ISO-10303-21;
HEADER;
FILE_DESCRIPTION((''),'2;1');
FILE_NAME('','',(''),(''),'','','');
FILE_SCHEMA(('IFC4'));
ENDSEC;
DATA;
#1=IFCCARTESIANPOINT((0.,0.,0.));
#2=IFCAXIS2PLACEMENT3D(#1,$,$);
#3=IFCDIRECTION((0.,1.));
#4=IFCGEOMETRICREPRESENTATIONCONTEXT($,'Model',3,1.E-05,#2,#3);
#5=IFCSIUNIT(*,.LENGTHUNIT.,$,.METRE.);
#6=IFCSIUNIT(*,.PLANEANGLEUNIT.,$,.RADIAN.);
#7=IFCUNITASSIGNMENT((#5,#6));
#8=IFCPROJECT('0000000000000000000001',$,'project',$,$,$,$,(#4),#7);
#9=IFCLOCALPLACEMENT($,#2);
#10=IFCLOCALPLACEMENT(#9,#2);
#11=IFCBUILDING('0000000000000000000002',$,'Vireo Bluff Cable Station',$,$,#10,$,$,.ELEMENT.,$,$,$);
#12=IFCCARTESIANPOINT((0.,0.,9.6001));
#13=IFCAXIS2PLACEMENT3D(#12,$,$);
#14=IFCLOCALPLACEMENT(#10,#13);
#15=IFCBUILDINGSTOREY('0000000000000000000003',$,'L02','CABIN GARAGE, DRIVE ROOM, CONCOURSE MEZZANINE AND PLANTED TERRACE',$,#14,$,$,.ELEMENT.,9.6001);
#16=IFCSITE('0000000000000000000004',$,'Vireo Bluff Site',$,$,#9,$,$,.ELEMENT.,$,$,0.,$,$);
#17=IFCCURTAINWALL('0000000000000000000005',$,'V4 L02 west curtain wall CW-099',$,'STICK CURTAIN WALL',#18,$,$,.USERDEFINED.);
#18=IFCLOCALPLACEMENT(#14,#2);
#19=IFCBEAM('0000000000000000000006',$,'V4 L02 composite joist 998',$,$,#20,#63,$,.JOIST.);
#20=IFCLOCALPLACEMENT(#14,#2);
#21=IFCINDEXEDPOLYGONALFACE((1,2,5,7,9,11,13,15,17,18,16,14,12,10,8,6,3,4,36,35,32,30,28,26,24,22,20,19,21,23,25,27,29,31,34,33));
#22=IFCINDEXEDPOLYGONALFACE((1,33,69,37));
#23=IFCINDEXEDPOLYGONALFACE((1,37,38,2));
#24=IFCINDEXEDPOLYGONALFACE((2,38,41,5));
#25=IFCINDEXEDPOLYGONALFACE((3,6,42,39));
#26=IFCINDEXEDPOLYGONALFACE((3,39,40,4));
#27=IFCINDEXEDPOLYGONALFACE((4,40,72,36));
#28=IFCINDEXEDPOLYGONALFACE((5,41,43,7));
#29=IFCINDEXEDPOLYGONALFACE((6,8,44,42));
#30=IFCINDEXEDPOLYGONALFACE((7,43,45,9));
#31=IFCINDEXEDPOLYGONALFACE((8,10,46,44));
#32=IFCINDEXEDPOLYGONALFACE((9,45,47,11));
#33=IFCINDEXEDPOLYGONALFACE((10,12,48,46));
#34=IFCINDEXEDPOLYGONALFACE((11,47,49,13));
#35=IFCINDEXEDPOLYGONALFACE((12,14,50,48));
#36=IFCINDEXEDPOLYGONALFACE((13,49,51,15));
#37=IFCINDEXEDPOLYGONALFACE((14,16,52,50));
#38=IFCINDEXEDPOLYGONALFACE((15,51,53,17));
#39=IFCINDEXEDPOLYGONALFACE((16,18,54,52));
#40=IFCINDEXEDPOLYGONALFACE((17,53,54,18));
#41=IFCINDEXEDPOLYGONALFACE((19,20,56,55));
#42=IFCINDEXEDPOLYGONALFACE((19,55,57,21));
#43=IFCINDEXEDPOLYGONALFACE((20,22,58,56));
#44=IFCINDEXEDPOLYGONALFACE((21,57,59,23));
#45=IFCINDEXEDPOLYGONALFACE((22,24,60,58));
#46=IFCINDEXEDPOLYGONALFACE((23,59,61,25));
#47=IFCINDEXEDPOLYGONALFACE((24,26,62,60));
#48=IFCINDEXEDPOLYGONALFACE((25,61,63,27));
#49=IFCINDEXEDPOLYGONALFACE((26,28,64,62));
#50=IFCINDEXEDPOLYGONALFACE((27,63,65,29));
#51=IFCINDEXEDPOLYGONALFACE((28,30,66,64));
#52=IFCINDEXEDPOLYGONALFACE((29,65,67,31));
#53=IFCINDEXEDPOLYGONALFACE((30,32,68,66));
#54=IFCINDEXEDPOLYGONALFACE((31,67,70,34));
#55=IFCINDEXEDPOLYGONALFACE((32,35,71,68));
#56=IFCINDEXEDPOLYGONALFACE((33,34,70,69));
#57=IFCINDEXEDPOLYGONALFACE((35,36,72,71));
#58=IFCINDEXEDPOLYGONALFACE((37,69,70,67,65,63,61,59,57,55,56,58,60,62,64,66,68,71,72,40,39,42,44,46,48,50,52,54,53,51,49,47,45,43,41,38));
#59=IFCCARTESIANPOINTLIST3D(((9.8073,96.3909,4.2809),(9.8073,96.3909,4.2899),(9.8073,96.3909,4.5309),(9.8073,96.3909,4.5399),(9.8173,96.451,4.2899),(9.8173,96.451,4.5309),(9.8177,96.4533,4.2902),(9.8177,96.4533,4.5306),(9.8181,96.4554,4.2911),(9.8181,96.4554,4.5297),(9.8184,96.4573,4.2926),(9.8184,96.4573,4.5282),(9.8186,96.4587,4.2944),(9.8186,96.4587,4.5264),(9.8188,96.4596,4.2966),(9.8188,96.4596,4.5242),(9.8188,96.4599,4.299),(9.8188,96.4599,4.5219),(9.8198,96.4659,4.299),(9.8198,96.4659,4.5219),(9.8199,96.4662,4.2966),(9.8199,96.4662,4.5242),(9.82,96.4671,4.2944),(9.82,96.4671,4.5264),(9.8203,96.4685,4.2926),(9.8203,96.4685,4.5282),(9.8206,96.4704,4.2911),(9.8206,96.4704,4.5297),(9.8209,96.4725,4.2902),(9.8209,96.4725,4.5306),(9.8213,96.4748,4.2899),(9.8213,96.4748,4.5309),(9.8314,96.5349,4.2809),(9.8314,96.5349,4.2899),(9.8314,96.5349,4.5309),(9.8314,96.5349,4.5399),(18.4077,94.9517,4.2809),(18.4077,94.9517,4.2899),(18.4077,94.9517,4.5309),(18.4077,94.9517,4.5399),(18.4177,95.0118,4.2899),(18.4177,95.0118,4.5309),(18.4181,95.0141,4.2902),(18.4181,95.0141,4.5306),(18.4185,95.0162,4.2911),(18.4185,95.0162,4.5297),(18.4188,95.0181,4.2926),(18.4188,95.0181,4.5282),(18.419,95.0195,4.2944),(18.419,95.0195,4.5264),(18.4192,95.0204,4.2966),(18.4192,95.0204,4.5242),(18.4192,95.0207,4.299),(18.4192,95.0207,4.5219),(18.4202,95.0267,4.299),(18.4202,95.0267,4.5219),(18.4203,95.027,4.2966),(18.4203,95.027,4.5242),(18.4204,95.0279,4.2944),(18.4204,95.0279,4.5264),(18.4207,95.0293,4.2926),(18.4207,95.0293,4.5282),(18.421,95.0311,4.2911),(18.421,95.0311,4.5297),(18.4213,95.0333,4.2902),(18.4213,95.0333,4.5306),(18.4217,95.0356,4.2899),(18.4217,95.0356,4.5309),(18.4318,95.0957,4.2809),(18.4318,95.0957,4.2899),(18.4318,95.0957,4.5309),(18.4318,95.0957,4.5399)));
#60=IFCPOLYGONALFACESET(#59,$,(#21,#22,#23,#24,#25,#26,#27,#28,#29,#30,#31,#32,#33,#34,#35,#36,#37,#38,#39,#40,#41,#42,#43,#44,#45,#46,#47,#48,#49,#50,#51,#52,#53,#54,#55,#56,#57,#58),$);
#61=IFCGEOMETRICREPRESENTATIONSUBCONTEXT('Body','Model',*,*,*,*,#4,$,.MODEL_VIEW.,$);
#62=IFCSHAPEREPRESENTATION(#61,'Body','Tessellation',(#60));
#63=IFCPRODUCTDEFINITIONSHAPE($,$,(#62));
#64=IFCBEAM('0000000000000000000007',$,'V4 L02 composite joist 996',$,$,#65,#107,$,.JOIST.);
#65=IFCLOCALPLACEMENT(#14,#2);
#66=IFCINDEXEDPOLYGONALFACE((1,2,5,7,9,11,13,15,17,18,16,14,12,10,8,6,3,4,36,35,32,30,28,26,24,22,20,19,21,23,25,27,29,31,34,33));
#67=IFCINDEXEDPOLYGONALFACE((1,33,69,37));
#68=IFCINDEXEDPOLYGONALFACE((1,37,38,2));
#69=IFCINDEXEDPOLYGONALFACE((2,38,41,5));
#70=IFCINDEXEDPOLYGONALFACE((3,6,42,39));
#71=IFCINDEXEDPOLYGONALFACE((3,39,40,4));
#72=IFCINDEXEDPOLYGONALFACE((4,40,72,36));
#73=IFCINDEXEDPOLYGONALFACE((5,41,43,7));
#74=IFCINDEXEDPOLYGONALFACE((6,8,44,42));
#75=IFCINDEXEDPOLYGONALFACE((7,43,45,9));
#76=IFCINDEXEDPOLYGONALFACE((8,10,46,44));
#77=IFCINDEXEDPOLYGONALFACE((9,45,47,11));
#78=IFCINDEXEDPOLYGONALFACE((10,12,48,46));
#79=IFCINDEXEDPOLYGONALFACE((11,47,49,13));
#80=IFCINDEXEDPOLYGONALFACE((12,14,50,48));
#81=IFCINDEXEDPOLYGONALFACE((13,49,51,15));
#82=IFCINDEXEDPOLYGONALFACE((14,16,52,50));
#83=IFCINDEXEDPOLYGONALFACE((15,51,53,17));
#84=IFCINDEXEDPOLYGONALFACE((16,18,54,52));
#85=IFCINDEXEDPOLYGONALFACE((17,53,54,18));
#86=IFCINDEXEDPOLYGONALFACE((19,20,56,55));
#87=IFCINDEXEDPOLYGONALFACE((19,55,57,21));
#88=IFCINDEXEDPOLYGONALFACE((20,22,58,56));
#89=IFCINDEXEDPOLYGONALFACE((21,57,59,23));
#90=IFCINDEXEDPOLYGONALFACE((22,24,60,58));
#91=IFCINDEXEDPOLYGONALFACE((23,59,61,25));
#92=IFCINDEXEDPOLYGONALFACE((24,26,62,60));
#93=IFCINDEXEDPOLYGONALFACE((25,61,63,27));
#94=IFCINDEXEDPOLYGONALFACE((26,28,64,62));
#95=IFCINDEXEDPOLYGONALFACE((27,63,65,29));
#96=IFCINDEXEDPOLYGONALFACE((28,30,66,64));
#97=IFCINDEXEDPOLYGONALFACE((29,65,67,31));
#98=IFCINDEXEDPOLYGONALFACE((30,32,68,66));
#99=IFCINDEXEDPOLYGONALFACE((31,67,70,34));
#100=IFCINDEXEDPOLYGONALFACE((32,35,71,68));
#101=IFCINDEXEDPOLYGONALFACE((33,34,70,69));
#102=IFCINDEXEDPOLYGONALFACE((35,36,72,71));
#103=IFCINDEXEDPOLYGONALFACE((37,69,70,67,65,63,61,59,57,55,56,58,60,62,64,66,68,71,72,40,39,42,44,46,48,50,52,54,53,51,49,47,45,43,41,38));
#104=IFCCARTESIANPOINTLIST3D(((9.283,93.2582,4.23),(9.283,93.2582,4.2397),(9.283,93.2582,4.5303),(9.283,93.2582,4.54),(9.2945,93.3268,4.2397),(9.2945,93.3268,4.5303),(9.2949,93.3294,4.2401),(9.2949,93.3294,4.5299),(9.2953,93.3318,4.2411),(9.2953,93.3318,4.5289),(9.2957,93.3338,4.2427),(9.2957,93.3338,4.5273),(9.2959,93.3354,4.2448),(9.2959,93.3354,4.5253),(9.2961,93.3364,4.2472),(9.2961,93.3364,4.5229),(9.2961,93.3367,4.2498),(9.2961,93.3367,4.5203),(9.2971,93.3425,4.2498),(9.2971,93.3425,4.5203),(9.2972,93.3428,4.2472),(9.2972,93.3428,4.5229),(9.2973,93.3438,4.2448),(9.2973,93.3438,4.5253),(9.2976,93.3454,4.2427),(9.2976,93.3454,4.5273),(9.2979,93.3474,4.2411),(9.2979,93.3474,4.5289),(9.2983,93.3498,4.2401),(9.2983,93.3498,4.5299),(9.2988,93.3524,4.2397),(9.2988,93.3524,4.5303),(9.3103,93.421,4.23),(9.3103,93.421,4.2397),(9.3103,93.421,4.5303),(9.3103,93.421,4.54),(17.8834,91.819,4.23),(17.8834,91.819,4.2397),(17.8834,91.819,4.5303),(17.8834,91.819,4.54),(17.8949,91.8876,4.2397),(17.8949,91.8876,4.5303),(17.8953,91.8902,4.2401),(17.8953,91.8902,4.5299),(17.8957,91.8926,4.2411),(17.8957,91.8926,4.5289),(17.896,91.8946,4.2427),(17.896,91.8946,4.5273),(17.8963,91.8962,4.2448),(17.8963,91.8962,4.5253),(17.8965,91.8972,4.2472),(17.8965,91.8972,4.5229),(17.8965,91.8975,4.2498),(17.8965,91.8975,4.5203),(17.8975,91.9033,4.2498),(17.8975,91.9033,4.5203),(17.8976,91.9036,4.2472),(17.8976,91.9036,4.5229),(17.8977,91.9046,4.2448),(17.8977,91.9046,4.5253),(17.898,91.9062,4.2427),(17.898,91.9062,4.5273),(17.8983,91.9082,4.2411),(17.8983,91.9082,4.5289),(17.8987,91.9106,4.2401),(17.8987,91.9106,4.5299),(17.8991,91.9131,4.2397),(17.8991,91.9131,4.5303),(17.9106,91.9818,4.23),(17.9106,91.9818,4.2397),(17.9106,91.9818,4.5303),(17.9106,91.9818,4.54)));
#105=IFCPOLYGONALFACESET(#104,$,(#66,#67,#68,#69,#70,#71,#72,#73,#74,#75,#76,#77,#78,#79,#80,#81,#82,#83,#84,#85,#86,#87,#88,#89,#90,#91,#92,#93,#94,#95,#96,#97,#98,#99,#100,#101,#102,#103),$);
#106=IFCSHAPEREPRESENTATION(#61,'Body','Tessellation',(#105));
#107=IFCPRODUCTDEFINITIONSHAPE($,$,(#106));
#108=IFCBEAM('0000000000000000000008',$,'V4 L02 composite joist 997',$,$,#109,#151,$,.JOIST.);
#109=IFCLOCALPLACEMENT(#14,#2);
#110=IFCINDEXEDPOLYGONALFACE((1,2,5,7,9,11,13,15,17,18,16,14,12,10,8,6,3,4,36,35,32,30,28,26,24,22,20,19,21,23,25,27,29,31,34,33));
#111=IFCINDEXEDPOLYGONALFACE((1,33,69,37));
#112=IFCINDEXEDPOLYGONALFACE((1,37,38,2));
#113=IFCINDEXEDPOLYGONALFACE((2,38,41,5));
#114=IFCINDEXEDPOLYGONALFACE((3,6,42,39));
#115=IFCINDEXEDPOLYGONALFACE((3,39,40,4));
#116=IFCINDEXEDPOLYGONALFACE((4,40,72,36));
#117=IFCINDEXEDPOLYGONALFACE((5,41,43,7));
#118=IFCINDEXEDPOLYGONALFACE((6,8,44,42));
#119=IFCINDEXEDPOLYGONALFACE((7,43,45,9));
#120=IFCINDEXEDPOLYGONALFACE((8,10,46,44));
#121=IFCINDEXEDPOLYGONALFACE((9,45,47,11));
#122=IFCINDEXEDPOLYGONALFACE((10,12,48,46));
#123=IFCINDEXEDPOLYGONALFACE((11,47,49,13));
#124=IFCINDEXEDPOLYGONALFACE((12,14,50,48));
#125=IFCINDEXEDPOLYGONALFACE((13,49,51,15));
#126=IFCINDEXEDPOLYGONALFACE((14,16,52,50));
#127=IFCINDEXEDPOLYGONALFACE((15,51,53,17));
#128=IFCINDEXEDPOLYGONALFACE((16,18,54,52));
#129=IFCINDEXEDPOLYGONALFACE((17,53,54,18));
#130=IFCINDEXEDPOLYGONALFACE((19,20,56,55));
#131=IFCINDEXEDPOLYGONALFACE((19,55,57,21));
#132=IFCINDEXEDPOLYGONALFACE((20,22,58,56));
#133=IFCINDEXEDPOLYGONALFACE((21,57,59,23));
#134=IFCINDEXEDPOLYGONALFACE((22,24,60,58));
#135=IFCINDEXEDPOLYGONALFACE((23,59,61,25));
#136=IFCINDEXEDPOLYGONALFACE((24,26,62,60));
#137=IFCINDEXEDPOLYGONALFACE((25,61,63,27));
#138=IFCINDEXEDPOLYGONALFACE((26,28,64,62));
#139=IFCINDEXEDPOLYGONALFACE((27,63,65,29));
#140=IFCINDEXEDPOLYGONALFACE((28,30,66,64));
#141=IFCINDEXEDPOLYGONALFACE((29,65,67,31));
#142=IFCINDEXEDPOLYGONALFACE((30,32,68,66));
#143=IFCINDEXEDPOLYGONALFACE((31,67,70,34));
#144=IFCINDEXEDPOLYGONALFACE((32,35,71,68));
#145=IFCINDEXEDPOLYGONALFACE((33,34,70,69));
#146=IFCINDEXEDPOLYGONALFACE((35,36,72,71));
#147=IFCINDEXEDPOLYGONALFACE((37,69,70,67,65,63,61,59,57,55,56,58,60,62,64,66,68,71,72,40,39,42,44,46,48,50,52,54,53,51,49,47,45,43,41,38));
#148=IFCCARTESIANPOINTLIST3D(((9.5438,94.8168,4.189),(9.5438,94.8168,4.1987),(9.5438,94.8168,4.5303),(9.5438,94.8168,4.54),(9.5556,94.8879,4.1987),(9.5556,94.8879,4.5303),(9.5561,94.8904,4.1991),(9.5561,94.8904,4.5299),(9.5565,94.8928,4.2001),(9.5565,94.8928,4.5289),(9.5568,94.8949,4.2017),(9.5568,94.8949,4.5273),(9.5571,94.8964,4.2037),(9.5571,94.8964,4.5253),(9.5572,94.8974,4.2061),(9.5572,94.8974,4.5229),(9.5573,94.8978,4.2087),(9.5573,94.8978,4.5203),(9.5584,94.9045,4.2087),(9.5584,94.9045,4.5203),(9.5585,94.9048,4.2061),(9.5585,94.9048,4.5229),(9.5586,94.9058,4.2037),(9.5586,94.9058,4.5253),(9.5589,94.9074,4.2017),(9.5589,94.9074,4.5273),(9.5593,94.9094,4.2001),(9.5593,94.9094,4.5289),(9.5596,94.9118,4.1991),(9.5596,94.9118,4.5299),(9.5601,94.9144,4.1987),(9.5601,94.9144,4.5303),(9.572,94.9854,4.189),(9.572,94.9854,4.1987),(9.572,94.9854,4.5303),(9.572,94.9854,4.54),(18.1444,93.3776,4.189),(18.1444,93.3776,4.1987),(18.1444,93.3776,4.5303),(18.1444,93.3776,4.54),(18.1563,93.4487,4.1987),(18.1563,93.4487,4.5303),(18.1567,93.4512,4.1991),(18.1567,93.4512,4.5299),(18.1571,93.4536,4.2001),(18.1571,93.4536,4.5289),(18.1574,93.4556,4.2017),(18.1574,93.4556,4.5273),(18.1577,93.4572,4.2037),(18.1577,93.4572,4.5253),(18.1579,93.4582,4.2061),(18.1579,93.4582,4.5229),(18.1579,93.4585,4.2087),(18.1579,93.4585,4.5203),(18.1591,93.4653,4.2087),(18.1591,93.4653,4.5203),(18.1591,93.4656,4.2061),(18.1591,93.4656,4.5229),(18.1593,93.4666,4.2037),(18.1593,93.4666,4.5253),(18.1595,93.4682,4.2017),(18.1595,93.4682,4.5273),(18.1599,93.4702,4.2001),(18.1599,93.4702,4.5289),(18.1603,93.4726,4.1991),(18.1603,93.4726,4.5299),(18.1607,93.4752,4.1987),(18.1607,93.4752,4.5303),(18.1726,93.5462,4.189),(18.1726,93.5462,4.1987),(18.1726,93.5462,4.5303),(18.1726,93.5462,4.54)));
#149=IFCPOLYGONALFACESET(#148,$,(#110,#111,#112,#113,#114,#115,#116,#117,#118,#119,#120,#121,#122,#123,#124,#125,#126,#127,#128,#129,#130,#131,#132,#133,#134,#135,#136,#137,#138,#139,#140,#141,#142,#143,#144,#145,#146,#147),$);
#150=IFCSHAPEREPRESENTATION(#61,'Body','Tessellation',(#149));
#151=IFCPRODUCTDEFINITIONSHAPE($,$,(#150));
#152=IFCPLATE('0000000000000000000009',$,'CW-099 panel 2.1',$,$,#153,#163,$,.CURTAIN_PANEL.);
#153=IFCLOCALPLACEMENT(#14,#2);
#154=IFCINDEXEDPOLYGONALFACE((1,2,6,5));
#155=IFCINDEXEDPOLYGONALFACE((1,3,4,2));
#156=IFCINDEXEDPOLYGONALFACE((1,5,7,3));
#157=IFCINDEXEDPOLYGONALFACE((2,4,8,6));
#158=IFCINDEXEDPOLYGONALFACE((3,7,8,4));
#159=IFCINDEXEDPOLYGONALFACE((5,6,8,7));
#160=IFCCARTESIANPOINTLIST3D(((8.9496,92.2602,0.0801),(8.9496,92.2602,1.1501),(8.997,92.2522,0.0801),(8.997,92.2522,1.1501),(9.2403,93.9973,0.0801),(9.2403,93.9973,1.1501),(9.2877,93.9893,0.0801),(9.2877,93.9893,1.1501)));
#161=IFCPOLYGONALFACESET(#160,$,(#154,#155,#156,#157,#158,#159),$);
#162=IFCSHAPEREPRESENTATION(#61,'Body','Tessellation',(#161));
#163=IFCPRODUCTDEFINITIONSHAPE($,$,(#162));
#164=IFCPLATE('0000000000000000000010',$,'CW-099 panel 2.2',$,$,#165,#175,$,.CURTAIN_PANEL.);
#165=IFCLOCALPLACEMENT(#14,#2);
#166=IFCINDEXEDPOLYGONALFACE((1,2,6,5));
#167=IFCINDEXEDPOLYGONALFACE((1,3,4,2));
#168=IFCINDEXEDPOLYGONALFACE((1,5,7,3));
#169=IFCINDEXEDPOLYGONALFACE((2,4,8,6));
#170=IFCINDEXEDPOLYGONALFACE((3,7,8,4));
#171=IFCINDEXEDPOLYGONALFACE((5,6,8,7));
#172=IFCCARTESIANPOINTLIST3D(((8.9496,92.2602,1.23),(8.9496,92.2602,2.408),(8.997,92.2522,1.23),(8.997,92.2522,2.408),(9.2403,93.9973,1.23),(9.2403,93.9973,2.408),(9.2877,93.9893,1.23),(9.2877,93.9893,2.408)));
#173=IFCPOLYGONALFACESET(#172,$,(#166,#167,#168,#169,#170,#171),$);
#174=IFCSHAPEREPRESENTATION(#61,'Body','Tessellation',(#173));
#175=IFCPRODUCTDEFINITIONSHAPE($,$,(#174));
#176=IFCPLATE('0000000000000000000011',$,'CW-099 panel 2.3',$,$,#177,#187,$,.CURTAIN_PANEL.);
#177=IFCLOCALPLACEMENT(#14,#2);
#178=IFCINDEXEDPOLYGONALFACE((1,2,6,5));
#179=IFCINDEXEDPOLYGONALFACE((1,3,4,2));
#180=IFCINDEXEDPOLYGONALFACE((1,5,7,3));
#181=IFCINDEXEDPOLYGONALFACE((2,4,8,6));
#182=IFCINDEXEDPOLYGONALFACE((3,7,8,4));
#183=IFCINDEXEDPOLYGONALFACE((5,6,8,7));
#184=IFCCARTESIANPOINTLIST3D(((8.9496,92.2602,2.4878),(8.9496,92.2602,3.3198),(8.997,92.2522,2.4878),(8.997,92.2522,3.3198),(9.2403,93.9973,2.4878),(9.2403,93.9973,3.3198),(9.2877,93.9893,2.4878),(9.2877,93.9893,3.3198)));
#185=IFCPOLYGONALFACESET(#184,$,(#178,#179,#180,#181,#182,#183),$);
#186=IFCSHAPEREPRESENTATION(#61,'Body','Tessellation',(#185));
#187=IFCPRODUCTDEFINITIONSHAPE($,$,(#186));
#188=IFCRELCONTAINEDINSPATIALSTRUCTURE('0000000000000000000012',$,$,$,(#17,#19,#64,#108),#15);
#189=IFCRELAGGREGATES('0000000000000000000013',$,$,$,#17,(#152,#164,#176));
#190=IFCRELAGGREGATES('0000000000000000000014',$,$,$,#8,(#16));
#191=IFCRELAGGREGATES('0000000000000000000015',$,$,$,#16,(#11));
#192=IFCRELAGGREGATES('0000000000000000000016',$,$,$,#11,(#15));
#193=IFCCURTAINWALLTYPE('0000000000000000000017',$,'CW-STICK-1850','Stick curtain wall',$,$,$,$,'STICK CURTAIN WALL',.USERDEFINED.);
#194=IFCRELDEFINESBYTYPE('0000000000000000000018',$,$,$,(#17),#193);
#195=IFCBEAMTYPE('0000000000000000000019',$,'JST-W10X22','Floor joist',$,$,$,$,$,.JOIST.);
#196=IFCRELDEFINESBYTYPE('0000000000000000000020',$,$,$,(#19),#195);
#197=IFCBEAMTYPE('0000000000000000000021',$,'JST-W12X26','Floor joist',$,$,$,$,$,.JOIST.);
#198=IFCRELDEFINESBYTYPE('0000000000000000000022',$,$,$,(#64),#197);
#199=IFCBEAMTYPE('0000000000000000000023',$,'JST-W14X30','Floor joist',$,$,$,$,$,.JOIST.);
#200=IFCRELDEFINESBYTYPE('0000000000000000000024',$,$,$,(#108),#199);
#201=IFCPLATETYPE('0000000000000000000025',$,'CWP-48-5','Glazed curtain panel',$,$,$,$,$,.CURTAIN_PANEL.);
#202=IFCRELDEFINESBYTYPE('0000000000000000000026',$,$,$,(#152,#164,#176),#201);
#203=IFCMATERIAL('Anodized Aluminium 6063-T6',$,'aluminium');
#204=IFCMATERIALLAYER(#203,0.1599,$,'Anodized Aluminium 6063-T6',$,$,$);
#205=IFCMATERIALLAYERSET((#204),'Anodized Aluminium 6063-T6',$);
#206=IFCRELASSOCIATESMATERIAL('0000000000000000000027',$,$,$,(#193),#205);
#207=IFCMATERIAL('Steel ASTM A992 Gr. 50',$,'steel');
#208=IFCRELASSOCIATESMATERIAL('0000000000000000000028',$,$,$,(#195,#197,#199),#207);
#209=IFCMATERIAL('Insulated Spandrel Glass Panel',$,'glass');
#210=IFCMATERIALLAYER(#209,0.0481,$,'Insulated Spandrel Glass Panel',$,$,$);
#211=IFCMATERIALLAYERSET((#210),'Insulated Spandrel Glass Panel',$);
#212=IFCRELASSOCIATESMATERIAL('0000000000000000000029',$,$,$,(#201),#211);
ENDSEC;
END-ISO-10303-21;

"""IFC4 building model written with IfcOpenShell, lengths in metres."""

from ifc_helpers import new_model, si_unit, direction, frame, origin, origin_2d, place, context, subcontext, project, spatial, rectangle, i_section, extrude, material, layer, layer_set, material_profile, profile_set, type_object, element, aggregate, save


model = new_model("IFC4")

# Units and contexts
model_context = context("Model", 3, precision=1e-05, world=origin(), true_north=direction((0.0, 1.0)))
body_context = subcontext(model_context, "Body", "Model", "MODEL_VIEW")
ifc_project = project(units=[si_unit("LENGTHUNIT", "METRE"), si_unit("PLANEANGLEUNIT", "RADIAN")], contexts=[model_context])

# Site, building, storey
site_placement = place(None, origin())
site = spatial("IfcSite", under=ifc_project, at=site_placement, Name="Vireo Bluff Site", CompositionType="ELEMENT", RefElevation=0.0)
building_placement = place(site_placement, origin())
building = spatial("IfcBuilding", under=site, at=building_placement, Name="Vireo Bluff Cable Station", CompositionType="ELEMENT")
storey_placement = place(building_placement, frame((0.0, 0.0, 9.6001)))
storey = spatial("IfcBuildingStorey", under=building, at=storey_placement, Name="L02", Description="CABIN GARAGE, DRIVE ROOM, CONCOURSE MEZZANINE AND PLANTED TERRACE", CompositionType="ELEMENT", Elevation=9.6001)

# Curtain wall
ifc_material_1 = material(Name="Anodized Aluminium 6063-T6", Category="aluminium")
ifc_layer_1 = layer(ifc_material_1, 0.1599, Name="Anodized Aluminium 6063-T6")
ifc_layer_set_1 = layer_set([ifc_layer_1], Name="Anodized Aluminium 6063-T6")
curtain_wall_type = type_object("IfcCurtainWallType", Name="CW-STICK-1850", Description="Stick curtain wall", ElementType="STICK CURTAIN WALL", PredefinedType="USERDEFINED", material=ifc_layer_set_1)
curtain_wall_placement = place(storey_placement, origin())
curtain_wall = element("IfcCurtainWall", 1, at=curtain_wall_placement, inside=storey, type_object=curtain_wall_type, Name="V4 L02 west curtain wall CW-099", ObjectType="STICK CURTAIN WALL", PredefinedType="USERDEFINED")

# Beams
ifc_material_2 = material(Name="Steel ASTM A992 Gr. 50", Category="steel")
ifc_material_profile_1 = material_profile(ifc_material_2, i_section(OverallWidth=0.146, OverallDepth=0.259, WebThickness=0.0061, FlangeThickness=0.009, FilletRadius=0.009, at=origin_2d()), Name="W10X22")
ifc_profile_set_1 = profile_set([ifc_material_profile_1], Name="Steel ASTM A992 Gr. 50")
beam_type_1 = type_object("IfcBeamType", Name="JST-W10X22", Description="Floor joist", PredefinedType="JOIST", material=ifc_profile_set_1)
beam_1_placement = place(storey_placement, frame((9.8193, 96.4629, 4.4104), z_axis=(0.986286, -0.165048, 0.0), x_axis=(0.165048, 0.986286, 0.0)))
element("IfcBeam", 2, at=beam_1_placement, inside=storey, type_object=beam_type_1, Name="V4 L02 composite joist 998", PredefinedType="JOIST", context=body_context, shape_type="SweptSolid", body=[
    extrude(i_section(OverallWidth=0.146, OverallDepth=0.259, WebThickness=0.0061, FlangeThickness=0.009, FilletRadius=0.009, at=origin_2d()), origin(), (0.0, 0.0, 1.0), 8.72),
])
ifc_material_profile_2 = material_profile(ifc_material_2, i_section(OverallWidth=0.165, OverallDepth=0.3101, WebThickness=0.0059, FlangeThickness=0.0098, FilletRadius=0.01, at=origin_2d()), Name="W12X26")
ifc_profile_set_2 = profile_set([ifc_material_profile_2], Name="Steel ASTM A992 Gr. 50")
beam_type_2 = type_object("IfcBeamType", Name="JST-W12X26", Description="Floor joist", PredefinedType="JOIST", material=ifc_profile_set_2)
beam_2_placement = place(storey_placement, frame((9.2966, 93.3396, 4.385), z_axis=(0.986286, -0.165048, 0.0), x_axis=(0.165048, 0.986286, 0.0)))
element("IfcBeam", 3, at=beam_2_placement, inside=storey, type_object=beam_type_2, Name="V4 L02 composite joist 996", PredefinedType="JOIST", context=body_context, shape_type="SweptSolid", body=[
    extrude(i_section(OverallWidth=0.165, OverallDepth=0.3101, WebThickness=0.0059, FlangeThickness=0.0098, FilletRadius=0.01, at=origin_2d()), origin(), (0.0, 0.0, 1.0), 8.72),
])
ifc_material_profile_3 = material_profile(ifc_material_2, i_section(OverallWidth=0.1709, OverallDepth=0.3511, WebThickness=0.0068, FlangeThickness=0.0098, FilletRadius=0.01, at=origin_2d()), Name="W14X30")
ifc_profile_set_3 = profile_set([ifc_material_profile_3], Name="Steel ASTM A992 Gr. 50")
beam_type_3 = type_object("IfcBeamType", Name="JST-W14X30", Description="Floor joist", PredefinedType="JOIST", material=ifc_profile_set_3)
beam_3_placement = place(storey_placement, frame((9.5579, 94.9011, 4.3645), z_axis=(0.986286, -0.165044, 0.0), x_axis=(0.165044, 0.986286, 0.0)))
element("IfcBeam", 4, at=beam_3_placement, inside=storey, type_object=beam_type_3, Name="V4 L02 composite joist 997", PredefinedType="JOIST", context=body_context, shape_type="SweptSolid", body=[
    extrude(i_section(OverallWidth=0.1709, OverallDepth=0.3511, WebThickness=0.0068, FlangeThickness=0.0098, FilletRadius=0.01, at=origin_2d()), origin(), (0.0, 0.0, 1.0), 8.7202),
])

# Plates
ifc_material_3 = material(Name="Insulated Spandrel Glass Panel", Category="glass")
ifc_layer_2 = layer(ifc_material_3, 0.0481, Name="Insulated Spandrel Glass Panel")
ifc_layer_set_2 = layer_set([ifc_layer_2], Name="Insulated Spandrel Glass Panel")
plate_type = type_object("IfcPlateType", Name="CWP-48-5", Description="Glazed curtain panel", PredefinedType="CURTAIN_PANEL", material=ifc_layer_set_2)
plate_1_placement = place(storey_placement, frame((9.1187, 93.1248, 0.0801), z_axis=(0.0, 0.0, 1.0), x_axis=(0.165048, 0.986286, 0.0)))
plate_1 = element("IfcPlate", 5, at=plate_1_placement, type_object=plate_type, Name="CW-099 panel 2.1", PredefinedType="CURTAIN_PANEL", context=body_context, shape_type="SweptSolid", body=[
    extrude(rectangle(XDim=1.7612, YDim=0.0481, at=origin_2d()), origin(), (0.0, 0.0, 1.0), 1.0701),
])
plate_2_placement = place(storey_placement, frame((9.1187, 93.1248, 1.23), z_axis=(0.0, 0.0, 1.0), x_axis=(0.165048, 0.986286, 0.0)))
plate_2 = element("IfcPlate", 6, at=plate_2_placement, type_object=plate_type, Name="CW-099 panel 2.2", PredefinedType="CURTAIN_PANEL", context=body_context, shape_type="SweptSolid", body=[
    extrude(rectangle(XDim=1.7612, YDim=0.0481, at=origin_2d()), origin(), (0.0, 0.0, 1.0), 1.178),
])
plate_3_placement = place(storey_placement, frame((9.1187, 93.1248, 2.4878), z_axis=(0.0, 0.0, 1.0), x_axis=(0.165048, 0.986286, 0.0)))
plate_3 = element("IfcPlate", 7, at=plate_3_placement, type_object=plate_type, Name="CW-099 panel 2.3", PredefinedType="CURTAIN_PANEL", context=body_context, shape_type="SweptSolid", body=[
    extrude(rectangle(XDim=1.7612, YDim=0.0481, at=origin_2d()), origin(), (0.0, 0.0, 1.0), 0.832),
])
aggregate(curtain_wall, [plate_1, plate_2, plate_3])

save(model, "model.ifc")
